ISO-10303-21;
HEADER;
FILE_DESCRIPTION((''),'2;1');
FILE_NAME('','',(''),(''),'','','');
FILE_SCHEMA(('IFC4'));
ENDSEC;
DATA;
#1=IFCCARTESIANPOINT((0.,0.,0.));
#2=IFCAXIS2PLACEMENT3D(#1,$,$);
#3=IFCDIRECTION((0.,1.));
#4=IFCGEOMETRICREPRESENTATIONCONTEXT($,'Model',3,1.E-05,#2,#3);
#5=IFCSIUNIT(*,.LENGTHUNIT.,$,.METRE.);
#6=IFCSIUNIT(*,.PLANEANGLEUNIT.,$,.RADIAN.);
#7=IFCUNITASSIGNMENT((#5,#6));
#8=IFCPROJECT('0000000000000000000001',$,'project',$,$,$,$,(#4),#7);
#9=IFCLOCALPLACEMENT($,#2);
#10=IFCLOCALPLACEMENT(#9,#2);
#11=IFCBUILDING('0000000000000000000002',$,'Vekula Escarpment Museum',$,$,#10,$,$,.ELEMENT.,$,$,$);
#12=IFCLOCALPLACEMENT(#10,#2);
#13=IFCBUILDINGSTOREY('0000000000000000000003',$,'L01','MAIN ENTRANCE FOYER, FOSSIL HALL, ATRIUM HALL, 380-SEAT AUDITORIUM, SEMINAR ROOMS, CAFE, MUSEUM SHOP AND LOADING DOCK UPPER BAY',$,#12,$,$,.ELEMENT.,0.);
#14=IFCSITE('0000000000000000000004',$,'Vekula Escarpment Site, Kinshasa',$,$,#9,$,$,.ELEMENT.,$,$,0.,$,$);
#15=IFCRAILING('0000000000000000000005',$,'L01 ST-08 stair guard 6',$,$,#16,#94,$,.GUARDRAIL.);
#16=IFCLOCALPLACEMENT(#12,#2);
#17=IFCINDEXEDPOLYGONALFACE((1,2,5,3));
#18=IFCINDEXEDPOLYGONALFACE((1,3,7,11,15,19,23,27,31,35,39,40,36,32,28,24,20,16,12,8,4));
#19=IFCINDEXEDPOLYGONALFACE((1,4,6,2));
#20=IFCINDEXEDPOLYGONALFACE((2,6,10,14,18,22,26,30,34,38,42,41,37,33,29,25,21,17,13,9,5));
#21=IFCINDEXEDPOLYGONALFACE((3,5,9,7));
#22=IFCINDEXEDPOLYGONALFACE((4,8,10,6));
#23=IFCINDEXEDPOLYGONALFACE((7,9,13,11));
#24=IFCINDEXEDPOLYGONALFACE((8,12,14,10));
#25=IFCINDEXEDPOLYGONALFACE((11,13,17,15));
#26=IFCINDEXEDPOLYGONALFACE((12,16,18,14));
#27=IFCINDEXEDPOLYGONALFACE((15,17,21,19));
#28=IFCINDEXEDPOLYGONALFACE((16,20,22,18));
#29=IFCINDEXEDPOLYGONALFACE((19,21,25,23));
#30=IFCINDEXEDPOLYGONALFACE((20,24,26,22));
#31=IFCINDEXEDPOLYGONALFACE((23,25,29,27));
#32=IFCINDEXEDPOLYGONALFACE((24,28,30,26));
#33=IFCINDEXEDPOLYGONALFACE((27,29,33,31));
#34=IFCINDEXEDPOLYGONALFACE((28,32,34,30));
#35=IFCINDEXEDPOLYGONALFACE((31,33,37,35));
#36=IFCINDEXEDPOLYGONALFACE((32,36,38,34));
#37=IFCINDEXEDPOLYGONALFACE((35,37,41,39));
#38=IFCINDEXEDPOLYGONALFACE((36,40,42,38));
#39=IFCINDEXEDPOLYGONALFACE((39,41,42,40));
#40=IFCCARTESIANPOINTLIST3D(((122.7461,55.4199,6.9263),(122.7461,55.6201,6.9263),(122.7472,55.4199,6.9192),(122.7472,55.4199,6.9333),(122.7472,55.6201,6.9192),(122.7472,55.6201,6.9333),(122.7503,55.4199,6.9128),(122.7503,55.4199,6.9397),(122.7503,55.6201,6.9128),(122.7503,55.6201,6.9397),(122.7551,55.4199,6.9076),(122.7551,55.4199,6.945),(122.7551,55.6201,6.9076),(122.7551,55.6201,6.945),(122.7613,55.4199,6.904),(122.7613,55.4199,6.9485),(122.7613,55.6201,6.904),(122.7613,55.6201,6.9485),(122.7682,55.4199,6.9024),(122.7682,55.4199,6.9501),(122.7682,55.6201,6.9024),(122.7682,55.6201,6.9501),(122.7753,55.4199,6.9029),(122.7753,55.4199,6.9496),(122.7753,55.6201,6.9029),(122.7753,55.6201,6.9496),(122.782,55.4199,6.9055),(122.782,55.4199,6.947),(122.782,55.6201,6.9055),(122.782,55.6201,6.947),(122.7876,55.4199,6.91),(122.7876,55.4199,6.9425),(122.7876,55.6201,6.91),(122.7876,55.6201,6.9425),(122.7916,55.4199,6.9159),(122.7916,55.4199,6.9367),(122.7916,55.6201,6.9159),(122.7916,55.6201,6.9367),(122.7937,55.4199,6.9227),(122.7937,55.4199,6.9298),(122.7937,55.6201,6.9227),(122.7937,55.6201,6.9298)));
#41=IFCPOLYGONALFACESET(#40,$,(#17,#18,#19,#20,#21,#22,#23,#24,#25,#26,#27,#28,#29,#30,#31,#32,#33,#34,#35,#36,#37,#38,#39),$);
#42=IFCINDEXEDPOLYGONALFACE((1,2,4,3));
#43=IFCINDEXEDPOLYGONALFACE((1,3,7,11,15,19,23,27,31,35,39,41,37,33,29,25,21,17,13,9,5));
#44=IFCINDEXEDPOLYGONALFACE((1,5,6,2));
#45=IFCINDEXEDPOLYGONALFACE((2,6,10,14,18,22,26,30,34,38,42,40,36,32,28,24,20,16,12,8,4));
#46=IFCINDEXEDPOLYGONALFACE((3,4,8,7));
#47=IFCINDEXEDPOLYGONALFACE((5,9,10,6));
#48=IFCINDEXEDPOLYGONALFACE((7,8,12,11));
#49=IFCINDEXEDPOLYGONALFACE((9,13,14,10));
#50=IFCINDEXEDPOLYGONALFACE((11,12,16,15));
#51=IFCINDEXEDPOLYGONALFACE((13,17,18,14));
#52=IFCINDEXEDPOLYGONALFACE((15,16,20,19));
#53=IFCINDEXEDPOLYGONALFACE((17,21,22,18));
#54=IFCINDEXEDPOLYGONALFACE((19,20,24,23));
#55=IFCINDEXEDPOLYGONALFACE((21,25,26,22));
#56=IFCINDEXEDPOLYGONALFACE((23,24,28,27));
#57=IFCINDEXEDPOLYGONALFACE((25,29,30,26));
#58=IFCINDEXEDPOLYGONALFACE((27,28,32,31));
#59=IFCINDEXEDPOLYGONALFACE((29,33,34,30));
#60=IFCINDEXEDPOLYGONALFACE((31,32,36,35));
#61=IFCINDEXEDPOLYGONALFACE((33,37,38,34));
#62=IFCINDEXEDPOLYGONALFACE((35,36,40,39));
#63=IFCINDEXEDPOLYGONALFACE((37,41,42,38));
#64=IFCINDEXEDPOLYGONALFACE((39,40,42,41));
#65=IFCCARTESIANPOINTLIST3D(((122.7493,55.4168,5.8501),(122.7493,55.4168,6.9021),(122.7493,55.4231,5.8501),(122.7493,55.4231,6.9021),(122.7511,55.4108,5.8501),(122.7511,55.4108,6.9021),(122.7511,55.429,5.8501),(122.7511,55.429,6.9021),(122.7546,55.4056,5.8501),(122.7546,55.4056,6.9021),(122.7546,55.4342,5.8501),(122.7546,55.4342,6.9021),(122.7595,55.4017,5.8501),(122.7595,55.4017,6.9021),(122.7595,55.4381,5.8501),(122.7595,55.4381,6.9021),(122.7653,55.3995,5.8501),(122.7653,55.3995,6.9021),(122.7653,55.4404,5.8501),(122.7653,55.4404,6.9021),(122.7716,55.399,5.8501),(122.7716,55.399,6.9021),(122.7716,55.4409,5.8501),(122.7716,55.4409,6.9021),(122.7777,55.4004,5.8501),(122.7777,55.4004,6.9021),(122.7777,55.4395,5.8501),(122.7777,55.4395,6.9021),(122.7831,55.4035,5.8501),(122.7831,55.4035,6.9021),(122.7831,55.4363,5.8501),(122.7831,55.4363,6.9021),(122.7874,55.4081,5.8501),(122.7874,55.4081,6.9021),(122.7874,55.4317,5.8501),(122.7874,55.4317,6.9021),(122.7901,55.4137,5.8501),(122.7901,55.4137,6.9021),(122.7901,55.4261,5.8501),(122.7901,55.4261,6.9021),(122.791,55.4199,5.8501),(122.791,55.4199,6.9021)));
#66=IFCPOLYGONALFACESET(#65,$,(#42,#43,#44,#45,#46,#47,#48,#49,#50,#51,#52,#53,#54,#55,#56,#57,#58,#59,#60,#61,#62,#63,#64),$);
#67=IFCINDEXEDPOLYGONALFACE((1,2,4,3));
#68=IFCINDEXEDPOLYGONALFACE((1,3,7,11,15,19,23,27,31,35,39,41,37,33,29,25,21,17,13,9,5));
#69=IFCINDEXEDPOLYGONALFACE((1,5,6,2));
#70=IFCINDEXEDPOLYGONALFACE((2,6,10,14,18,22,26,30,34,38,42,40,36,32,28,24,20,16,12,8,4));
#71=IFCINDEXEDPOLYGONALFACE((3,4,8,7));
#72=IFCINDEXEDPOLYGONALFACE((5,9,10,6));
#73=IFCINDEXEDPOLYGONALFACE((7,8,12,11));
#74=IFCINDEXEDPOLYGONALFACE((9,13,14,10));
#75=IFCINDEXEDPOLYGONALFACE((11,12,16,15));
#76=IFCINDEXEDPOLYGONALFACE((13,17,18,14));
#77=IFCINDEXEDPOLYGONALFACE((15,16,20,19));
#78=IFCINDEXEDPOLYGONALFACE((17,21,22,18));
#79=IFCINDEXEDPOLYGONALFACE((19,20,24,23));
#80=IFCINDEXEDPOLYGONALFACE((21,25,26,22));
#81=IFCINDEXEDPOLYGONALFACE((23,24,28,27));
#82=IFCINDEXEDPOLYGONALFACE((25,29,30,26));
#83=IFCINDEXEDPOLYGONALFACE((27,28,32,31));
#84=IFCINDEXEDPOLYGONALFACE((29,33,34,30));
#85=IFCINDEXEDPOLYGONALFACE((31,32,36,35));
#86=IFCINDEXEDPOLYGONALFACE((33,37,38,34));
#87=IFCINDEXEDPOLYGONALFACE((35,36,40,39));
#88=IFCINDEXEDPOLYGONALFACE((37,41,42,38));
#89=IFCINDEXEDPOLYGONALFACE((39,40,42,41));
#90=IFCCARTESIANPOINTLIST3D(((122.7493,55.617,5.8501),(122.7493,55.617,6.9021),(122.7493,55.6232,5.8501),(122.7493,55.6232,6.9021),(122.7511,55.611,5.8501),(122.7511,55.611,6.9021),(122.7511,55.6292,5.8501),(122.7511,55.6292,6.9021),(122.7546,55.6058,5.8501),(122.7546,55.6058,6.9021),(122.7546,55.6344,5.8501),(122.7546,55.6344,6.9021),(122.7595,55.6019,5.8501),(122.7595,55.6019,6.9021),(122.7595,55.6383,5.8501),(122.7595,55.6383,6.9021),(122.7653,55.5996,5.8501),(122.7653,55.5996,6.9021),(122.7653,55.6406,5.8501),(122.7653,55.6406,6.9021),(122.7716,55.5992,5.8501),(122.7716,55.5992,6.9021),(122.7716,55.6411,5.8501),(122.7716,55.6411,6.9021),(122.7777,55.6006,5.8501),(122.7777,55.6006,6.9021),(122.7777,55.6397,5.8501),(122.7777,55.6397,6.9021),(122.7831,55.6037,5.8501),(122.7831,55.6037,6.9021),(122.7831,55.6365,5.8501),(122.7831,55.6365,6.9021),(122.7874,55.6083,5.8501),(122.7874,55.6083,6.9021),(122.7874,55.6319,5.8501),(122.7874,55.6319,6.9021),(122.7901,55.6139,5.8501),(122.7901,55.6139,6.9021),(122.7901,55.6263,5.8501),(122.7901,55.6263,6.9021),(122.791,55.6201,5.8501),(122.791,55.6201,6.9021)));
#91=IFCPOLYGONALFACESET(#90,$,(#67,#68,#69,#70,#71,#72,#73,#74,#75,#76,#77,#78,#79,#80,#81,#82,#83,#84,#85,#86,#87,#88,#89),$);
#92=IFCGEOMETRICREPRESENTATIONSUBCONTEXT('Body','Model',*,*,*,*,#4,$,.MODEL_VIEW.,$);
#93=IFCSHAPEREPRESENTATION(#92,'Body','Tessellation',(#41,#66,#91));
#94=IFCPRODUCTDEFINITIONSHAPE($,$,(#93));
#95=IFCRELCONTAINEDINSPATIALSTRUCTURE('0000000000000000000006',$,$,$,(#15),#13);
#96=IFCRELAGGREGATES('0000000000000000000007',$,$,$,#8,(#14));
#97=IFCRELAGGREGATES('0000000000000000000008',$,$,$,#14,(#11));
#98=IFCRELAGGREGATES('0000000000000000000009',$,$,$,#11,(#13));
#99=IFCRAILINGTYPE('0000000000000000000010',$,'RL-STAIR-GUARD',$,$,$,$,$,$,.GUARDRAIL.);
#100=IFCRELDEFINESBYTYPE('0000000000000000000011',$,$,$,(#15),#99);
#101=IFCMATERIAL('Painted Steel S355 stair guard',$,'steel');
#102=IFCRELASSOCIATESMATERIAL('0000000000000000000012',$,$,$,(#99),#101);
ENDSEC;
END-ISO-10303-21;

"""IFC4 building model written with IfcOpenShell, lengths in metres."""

from ifc_helpers import new_model, si_unit, direction, frame, origin, origin_2d, place, context, subcontext, project, spatial, circle, extrude, material, type_object, element, save


model = new_model("IFC4")

# Units and contexts
model_context = context("Model", 3, precision=1e-05, world=origin(), true_north=direction((0.0, 1.0)))
body_context = subcontext(model_context, "Body", "Model", "MODEL_VIEW")
ifc_project = project(units=[si_unit("LENGTHUNIT", "METRE"), si_unit("PLANEANGLEUNIT", "RADIAN")], contexts=[model_context])

# Site, building, storey
site_placement = place(None, origin())
site = spatial("IfcSite", under=ifc_project, at=site_placement, Name="Vekula Escarpment Site, Kinshasa", CompositionType="ELEMENT", RefElevation=0.0)
building_placement = place(site_placement, origin())
building = spatial("IfcBuilding", under=site, at=building_placement, Name="Vekula Escarpment Museum", CompositionType="ELEMENT")
storey_placement = place(building_placement, origin())
storey = spatial("IfcBuildingStorey", under=building, at=storey_placement, Name="L01", Description="MAIN ENTRANCE FOYER, FOSSIL HALL, ATRIUM HALL, 380-SEAT AUDITORIUM, SEMINAR ROOMS, CAFE, MUSEUM SHOP AND LOADING DOCK UPPER BAY", CompositionType="ELEMENT", Elevation=0.0)

# Railing
ifc_material_1 = material(Name="Painted Steel S355 stair guard", Category="steel")
railing_type_1 = type_object("IfcRailingType", Name="RL-STAIR-GUARD", PredefinedType="GUARDRAIL", material=ifc_material_1)
railing_1_placement = place(storey_placement, frame((122.77, 55.4199, 5.8501)))
element("IfcRailing", 1, at=railing_1_placement, inside=storey, type_object=railing_type_1, Name="L01 ST-08 stair guard 6", PredefinedType="GUARDRAIL", context=body_context, shape_type="SweptSolid", body=[
    extrude(circle(Radius=0.0239, at=origin_2d()), frame((0.0, 0.0, 1.0762), z_axis=(0.0, 1.0, 0.0), x_axis=(-1.0, 0.0, 0.0)), (0.0, 0.0, 1.0), 0.2002),
    extrude(circle(Radius=0.021, at=origin_2d()), origin(), (0.0, 0.0, 1.0), 1.052),
    extrude(circle(Radius=0.021, at=origin_2d()), frame((0.0, 0.2002, 0.0)), (0.0, 0.0, 1.0), 1.052),
])

save(model, "model.ifc")
